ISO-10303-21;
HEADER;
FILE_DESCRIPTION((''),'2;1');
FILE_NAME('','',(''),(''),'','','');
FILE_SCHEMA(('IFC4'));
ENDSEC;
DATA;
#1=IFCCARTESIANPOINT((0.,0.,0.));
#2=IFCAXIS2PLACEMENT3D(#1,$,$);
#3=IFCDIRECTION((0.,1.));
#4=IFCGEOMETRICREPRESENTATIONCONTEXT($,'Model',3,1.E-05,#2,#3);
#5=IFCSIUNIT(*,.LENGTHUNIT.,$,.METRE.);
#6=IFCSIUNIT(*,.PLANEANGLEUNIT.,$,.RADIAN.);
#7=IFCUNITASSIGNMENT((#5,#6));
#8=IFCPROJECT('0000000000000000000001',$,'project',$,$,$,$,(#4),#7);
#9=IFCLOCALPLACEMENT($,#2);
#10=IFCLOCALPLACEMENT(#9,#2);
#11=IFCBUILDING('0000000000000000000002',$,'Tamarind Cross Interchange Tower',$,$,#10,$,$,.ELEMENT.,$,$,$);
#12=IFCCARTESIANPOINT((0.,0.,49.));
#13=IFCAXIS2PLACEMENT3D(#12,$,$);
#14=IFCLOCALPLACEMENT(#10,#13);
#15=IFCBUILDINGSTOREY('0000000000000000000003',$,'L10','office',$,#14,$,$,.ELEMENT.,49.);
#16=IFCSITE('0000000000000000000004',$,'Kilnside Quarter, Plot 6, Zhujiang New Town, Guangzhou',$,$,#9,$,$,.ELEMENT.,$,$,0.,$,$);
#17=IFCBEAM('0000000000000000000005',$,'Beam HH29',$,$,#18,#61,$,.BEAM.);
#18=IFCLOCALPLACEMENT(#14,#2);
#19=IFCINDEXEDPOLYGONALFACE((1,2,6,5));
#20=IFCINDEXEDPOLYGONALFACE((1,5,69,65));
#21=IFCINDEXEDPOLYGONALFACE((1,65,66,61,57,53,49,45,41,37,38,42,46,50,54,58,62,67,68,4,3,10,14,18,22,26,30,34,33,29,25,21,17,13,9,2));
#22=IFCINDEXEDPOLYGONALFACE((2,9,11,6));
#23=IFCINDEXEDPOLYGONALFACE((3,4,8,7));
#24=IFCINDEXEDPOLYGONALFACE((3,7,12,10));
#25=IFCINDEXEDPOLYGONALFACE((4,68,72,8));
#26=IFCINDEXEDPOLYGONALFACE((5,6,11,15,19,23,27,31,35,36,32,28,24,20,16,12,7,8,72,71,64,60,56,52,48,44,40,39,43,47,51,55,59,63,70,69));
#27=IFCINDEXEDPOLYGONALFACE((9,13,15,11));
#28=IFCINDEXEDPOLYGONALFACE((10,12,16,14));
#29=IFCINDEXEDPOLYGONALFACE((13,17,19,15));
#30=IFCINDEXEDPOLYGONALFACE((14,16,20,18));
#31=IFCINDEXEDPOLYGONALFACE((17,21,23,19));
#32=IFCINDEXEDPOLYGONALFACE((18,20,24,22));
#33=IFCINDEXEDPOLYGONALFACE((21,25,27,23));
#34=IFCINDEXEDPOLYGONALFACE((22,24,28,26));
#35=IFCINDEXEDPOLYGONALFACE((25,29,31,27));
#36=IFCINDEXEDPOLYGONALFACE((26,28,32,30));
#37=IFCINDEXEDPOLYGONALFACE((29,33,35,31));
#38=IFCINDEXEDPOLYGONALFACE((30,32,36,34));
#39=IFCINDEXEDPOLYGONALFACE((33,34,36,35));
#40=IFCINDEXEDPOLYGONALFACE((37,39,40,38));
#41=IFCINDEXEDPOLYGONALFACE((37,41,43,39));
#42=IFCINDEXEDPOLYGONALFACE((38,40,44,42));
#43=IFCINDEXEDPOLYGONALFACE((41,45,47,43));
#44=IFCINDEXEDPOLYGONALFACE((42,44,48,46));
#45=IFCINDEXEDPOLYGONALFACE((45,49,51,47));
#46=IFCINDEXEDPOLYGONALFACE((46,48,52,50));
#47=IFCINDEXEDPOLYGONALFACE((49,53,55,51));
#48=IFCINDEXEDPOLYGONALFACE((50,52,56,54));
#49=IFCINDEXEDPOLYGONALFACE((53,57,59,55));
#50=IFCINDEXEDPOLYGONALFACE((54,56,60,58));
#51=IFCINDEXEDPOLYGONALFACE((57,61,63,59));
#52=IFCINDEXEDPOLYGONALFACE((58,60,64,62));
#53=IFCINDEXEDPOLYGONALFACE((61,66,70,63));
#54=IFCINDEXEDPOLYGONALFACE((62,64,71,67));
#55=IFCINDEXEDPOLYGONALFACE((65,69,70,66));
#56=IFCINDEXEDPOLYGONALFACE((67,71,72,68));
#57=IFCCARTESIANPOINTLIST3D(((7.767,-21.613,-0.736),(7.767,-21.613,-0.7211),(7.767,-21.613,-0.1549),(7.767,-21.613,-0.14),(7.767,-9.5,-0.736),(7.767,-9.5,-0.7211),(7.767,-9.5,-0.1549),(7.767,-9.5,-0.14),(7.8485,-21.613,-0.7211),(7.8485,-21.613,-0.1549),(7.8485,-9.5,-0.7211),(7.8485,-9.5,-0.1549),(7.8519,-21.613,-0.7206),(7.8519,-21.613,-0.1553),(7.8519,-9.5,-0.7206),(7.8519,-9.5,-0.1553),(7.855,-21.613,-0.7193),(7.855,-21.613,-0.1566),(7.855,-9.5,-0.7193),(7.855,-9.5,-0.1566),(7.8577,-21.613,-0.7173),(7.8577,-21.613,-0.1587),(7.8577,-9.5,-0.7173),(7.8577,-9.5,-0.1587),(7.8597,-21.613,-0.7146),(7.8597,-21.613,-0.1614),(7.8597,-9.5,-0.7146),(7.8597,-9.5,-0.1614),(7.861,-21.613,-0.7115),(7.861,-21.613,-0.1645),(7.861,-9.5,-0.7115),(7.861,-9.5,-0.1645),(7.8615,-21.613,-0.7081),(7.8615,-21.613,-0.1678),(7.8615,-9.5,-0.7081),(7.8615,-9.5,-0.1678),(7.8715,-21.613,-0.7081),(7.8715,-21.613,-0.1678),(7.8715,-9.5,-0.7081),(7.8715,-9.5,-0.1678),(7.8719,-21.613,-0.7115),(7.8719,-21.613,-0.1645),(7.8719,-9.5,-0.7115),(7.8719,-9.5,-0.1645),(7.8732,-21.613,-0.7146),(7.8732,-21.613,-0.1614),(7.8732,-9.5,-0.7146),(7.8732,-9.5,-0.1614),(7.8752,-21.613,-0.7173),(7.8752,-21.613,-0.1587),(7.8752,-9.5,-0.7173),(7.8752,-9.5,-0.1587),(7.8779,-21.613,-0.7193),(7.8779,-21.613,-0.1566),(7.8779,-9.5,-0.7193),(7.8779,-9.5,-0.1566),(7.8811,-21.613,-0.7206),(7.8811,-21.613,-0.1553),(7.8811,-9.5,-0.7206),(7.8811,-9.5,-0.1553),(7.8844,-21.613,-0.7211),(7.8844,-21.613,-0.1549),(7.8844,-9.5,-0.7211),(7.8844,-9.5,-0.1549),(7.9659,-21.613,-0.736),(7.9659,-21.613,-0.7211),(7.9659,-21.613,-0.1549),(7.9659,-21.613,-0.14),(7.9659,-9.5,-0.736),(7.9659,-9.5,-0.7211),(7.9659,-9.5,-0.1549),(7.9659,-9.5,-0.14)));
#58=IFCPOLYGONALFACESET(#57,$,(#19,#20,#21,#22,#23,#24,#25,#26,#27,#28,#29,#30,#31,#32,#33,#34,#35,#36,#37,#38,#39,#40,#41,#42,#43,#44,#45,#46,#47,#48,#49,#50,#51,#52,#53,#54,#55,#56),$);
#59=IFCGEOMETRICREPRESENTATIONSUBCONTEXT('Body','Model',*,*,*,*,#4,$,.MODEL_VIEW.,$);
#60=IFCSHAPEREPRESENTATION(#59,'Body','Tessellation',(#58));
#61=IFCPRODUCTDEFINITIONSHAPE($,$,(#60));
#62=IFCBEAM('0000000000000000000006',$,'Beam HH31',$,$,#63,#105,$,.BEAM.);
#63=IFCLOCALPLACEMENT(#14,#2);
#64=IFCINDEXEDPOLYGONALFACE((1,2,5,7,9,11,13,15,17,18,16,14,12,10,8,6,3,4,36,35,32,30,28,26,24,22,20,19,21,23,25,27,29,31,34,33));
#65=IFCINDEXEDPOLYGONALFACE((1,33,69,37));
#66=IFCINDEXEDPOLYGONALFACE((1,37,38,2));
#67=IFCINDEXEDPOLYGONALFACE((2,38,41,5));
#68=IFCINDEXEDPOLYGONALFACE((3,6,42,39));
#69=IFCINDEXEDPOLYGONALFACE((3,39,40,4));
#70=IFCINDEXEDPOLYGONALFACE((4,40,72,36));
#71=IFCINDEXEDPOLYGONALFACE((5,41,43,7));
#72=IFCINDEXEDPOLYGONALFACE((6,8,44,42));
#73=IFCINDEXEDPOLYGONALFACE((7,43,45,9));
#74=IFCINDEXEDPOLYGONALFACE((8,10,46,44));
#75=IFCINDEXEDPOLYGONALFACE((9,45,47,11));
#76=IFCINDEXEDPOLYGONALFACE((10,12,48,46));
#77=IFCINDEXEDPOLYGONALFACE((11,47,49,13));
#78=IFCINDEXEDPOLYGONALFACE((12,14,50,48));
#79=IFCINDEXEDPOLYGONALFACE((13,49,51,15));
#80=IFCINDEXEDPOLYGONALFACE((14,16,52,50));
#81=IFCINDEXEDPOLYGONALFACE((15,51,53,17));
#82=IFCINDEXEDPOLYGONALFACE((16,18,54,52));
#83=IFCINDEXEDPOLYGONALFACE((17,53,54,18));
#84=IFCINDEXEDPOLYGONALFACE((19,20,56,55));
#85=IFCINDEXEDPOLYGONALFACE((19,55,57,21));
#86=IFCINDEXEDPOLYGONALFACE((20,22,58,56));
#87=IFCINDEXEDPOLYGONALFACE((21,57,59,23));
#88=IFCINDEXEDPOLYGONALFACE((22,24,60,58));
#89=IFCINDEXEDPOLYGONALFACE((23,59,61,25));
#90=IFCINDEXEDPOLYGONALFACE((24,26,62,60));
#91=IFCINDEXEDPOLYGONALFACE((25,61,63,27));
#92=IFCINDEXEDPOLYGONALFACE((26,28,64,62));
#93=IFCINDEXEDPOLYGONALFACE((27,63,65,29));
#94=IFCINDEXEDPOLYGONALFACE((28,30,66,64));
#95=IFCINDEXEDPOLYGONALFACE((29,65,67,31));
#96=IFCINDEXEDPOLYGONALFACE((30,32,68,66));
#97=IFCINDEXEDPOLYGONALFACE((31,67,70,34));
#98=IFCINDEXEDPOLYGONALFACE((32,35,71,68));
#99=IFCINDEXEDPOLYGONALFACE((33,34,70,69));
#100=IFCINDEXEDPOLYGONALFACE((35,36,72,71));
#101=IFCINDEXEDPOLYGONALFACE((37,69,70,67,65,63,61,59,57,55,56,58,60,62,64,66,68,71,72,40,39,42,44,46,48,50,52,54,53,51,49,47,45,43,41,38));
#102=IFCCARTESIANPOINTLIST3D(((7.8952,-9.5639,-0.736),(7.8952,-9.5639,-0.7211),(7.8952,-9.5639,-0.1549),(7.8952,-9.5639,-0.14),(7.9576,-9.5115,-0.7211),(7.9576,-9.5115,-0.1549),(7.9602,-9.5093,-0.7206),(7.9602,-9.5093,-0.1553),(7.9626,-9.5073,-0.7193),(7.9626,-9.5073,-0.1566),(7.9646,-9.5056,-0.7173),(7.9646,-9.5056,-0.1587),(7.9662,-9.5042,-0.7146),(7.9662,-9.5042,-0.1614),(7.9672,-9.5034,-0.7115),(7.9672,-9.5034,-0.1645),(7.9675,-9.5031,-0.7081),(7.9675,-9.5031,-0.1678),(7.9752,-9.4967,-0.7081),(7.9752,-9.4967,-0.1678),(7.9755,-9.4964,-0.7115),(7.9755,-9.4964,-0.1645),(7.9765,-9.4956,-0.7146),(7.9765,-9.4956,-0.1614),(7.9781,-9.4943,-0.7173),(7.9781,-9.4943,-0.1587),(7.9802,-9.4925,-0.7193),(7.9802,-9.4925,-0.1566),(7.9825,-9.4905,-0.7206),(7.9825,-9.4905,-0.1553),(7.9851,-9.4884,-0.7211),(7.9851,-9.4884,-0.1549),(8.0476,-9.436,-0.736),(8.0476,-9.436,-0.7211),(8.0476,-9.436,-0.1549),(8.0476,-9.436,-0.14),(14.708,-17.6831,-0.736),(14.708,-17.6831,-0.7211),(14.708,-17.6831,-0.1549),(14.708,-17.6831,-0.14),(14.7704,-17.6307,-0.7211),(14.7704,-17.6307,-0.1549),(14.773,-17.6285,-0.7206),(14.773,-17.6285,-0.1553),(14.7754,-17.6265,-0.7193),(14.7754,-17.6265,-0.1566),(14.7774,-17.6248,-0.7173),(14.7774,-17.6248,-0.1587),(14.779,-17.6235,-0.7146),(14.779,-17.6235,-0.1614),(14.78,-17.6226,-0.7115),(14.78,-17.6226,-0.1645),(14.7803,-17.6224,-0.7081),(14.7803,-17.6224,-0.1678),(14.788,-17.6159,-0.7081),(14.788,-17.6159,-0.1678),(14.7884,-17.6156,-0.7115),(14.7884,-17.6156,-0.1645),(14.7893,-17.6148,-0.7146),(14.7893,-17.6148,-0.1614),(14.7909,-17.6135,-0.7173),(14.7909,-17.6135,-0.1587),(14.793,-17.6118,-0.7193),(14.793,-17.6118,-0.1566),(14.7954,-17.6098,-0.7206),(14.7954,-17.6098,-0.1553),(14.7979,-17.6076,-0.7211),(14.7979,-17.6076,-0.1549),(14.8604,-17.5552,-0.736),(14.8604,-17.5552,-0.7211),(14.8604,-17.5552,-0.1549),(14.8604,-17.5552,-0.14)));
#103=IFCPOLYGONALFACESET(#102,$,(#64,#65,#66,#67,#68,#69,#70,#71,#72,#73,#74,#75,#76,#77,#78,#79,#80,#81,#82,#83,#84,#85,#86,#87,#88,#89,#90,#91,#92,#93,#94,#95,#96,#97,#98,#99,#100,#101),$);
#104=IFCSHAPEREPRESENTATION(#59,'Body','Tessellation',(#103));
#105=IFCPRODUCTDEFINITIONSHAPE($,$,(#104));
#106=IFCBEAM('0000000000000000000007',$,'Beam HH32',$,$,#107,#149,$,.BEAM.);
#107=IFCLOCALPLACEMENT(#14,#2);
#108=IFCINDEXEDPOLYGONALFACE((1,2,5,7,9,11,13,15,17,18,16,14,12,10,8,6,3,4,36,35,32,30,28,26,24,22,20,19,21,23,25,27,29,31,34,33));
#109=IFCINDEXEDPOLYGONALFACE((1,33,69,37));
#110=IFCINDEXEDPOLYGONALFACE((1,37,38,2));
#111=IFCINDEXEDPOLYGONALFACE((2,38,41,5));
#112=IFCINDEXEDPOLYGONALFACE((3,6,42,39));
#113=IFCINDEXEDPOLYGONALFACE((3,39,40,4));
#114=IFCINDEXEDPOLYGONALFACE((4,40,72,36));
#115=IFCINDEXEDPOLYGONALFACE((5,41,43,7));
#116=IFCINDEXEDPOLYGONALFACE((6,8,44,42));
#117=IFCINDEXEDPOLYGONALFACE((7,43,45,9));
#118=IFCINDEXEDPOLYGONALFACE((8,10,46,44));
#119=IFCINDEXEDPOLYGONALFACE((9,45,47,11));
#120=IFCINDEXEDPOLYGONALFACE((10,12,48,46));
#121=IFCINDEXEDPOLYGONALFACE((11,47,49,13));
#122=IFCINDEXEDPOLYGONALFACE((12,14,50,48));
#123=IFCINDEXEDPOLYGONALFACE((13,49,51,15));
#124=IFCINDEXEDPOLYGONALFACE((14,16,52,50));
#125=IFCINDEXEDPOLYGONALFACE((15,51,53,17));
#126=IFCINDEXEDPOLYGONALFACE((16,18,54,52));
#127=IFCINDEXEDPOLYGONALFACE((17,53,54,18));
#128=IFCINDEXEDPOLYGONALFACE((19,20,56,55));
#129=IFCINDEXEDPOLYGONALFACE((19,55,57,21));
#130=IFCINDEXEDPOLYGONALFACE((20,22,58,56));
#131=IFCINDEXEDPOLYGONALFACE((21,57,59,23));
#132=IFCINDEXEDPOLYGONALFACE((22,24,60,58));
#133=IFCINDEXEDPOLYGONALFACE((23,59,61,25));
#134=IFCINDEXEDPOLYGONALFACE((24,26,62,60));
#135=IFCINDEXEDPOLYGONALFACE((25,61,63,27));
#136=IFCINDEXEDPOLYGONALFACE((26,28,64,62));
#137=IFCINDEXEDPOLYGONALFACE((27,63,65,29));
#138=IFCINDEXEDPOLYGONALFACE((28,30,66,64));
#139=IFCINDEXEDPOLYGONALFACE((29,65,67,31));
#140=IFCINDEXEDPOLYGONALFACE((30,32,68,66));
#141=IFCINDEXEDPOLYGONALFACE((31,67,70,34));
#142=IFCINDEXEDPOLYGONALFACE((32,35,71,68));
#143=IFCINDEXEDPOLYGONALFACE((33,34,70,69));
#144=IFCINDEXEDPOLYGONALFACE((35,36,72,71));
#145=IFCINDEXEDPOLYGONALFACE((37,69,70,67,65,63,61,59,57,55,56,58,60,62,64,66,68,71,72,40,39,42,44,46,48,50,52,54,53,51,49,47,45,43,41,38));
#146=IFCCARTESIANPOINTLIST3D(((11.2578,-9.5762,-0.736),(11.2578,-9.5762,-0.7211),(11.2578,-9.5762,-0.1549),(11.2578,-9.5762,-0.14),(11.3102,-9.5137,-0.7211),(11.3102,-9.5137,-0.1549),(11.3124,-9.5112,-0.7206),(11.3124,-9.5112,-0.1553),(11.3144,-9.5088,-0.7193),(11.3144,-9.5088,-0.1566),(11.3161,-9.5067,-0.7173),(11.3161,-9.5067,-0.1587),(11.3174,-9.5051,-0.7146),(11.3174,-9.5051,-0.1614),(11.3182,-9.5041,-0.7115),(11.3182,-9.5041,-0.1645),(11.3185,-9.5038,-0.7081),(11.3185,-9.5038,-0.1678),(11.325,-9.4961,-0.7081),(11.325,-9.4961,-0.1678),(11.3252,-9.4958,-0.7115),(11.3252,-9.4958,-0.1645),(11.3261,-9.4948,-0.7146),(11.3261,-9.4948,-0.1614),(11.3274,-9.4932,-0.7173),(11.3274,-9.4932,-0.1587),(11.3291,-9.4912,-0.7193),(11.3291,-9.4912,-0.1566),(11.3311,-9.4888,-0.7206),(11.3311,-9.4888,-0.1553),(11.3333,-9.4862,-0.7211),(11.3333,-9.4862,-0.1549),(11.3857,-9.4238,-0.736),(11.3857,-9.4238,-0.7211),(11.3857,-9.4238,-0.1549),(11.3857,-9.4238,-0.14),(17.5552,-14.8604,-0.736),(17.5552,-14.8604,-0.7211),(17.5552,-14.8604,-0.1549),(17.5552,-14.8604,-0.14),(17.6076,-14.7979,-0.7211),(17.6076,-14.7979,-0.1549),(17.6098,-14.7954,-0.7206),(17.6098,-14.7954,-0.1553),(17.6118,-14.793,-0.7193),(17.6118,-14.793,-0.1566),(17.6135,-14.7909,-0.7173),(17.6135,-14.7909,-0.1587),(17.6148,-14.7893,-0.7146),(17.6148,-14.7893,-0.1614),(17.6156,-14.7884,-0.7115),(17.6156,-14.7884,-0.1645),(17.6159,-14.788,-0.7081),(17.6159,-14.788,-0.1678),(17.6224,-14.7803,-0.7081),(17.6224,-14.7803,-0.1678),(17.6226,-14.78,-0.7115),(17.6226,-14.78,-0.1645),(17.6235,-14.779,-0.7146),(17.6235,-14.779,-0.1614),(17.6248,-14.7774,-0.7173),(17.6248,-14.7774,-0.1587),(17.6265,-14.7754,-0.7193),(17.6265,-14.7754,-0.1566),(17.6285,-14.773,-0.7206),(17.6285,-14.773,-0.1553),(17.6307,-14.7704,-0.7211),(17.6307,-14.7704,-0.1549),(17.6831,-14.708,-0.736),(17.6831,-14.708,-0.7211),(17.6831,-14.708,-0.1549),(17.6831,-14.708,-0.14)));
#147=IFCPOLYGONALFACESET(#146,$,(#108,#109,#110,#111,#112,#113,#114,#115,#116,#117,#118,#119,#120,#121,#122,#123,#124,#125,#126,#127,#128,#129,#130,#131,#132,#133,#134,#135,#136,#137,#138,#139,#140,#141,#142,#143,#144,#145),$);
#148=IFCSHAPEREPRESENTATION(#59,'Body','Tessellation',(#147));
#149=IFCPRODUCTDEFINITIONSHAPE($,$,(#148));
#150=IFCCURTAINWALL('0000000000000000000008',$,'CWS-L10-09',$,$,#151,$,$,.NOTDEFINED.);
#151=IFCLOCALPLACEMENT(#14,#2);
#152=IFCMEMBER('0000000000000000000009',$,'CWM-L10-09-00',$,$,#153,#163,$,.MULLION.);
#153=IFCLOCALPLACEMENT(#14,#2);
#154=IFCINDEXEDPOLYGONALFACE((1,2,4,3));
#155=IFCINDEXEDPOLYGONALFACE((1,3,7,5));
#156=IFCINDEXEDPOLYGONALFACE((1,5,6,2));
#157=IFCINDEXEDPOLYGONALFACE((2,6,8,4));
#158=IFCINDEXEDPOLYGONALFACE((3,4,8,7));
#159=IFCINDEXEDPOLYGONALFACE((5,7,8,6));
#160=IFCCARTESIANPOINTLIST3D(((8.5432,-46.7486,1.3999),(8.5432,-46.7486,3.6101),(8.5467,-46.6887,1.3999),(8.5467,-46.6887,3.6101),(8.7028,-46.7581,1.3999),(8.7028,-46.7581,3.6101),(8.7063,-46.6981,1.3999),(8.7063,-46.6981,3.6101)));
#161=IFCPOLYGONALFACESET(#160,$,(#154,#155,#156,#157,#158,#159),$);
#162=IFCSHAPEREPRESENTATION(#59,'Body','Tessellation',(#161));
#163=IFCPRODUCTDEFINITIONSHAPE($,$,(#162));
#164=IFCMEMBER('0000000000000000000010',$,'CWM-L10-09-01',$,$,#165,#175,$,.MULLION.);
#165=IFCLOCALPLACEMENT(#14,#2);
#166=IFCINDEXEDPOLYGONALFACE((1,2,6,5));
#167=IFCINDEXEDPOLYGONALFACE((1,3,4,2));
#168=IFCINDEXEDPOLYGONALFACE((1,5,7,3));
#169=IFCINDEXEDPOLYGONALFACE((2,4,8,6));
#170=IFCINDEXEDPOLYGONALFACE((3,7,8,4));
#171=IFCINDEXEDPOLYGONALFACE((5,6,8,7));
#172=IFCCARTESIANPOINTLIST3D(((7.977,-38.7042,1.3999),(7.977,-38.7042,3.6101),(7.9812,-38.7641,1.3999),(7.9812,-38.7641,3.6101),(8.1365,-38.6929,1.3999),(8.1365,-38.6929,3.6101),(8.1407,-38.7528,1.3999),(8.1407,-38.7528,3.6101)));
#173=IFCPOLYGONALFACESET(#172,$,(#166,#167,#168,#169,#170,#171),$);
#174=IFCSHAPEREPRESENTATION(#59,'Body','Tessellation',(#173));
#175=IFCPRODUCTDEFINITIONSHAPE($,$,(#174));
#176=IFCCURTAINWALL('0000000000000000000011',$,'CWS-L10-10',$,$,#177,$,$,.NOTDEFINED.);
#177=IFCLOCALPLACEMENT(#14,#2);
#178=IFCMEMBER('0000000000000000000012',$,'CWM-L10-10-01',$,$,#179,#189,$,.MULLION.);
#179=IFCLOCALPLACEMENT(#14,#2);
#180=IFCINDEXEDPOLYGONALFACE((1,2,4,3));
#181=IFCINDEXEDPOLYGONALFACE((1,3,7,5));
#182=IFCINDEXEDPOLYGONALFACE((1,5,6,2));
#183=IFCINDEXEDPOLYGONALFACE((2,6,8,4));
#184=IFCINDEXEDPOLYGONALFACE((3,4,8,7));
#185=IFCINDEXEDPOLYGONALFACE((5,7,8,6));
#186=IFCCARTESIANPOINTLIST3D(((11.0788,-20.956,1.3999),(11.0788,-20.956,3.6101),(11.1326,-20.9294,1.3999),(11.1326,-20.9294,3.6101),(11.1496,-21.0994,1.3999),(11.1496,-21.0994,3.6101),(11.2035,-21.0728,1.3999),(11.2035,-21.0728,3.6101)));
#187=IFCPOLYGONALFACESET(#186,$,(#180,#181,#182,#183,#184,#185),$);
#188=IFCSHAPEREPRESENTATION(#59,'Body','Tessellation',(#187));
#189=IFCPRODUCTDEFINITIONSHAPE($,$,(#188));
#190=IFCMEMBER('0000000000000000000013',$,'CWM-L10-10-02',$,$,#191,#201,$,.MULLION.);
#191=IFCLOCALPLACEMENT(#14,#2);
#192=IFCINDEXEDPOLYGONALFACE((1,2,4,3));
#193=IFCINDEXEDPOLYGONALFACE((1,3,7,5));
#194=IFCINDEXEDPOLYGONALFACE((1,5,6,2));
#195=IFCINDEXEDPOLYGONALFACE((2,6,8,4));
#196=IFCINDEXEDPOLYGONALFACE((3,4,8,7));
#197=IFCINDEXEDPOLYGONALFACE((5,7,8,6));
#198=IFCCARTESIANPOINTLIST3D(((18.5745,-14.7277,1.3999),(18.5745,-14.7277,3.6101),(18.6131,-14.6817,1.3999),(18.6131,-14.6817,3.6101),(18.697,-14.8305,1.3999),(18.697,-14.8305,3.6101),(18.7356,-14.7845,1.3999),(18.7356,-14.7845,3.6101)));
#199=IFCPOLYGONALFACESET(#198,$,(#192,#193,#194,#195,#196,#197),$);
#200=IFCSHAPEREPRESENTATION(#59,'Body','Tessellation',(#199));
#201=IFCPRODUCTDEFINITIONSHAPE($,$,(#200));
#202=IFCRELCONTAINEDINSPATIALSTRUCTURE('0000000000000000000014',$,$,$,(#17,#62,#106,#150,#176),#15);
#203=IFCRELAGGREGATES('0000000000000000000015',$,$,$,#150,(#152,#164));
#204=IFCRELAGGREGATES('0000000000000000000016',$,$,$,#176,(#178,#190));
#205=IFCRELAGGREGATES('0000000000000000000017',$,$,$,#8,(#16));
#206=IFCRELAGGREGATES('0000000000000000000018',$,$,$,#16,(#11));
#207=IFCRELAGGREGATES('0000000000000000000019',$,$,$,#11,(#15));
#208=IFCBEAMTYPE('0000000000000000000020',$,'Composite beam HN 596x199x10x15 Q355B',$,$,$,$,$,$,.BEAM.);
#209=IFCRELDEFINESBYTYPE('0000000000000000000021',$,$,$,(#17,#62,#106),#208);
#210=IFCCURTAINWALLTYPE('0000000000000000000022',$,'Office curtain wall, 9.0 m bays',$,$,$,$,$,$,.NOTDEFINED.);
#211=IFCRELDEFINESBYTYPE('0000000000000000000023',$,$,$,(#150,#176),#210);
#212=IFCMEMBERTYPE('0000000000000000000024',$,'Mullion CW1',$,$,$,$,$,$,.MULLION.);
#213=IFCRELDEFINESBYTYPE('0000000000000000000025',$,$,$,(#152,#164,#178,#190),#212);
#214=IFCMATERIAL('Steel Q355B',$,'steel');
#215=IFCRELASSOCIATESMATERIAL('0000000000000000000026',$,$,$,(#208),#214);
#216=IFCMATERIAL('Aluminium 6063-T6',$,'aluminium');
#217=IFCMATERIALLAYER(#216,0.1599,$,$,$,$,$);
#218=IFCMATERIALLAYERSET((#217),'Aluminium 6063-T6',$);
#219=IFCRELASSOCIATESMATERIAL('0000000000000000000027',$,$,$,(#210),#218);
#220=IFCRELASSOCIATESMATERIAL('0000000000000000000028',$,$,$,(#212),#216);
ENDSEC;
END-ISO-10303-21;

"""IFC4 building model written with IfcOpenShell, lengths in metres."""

from ifc_helpers import new_model, si_unit, direction, frame, origin, origin_2d, place, context, subcontext, project, spatial, rectangle, i_section, extrude, material, layer, layer_set, material_profile, profile_set, type_object, element, aggregate, save


model = new_model("IFC4")

# Units and contexts
model_context = context("Model", 3, precision=1e-05, world=origin(), true_north=direction((0.0, 1.0)))
body_context = subcontext(model_context, "Body", "Model", "MODEL_VIEW")
ifc_project = project(units=[si_unit("LENGTHUNIT", "METRE"), si_unit("PLANEANGLEUNIT", "RADIAN")], contexts=[model_context])

# Site, building, storey
site_placement = place(None, origin())
site = spatial("IfcSite", under=ifc_project, at=site_placement, Name="Kilnside Quarter, Plot 6, Zhujiang New Town, Guangzhou", CompositionType="ELEMENT", RefElevation=0.0)
building_placement = place(site_placement, origin())
building = spatial("IfcBuilding", under=site, at=building_placement, Name="Tamarind Cross Interchange Tower", CompositionType="ELEMENT")
storey_placement = place(building_placement, frame((0.0, 0.0, 49.0)))
storey = spatial("IfcBuildingStorey", under=building, at=storey_placement, Name="L10", Description="office", CompositionType="ELEMENT", Elevation=49.0)

# Beams
ifc_material_1 = material(Name="Steel Q355B", Category="steel")
ifc_material_profile_1 = material_profile(ifc_material_1, i_section(OverallWidth=0.199, OverallDepth=0.5959, WebThickness=0.01, FlangeThickness=0.0149, FilletRadius=0.0129, at=origin_2d()), Name="HN 596x199x10x15")
ifc_profile_set_1 = profile_set([ifc_material_profile_1], Name="Steel Q355B")
beam_type = type_object("IfcBeamType", Name="Composite beam HN 596x199x10x15 Q355B", PredefinedType="BEAM", material=ifc_profile_set_1)
beam_1_placement = place(storey_placement, frame((7.8665, -21.613, -0.438), z_axis=(0.0, 1.0, 0.0), x_axis=(-1.0, 0.0, 0.0)))
element("IfcBeam", 1, at=beam_1_placement, inside=storey, type_object=beam_type, Name="Beam HH29", PredefinedType="BEAM", context=body_context, shape_type="SweptSolid", body=[
    extrude(i_section(OverallWidth=0.199, OverallDepth=0.5959, WebThickness=0.01, FlangeThickness=0.0149, FilletRadius=0.0129, at=origin_2d()), origin(), (0.0, 0.0, 1.0), 12.113),
])
beam_2_placement = place(storey_placement, frame((14.7842, -17.6191, -0.438), z_axis=(-0.642786, 0.766046, 0.0), x_axis=(-0.766046, -0.642786, 0.0)))
element("IfcBeam", 2, at=beam_2_placement, inside=storey, type_object=beam_type, Name="Beam HH31", PredefinedType="BEAM", context=body_context, shape_type="SweptSolid", body=[
    extrude(i_section(OverallWidth=0.199, OverallDepth=0.5959, WebThickness=0.01, FlangeThickness=0.0149, FilletRadius=0.0129, at=origin_2d()), origin(), (0.0, 0.0, 1.0), 10.5989),
])
beam_3_placement = place(storey_placement, frame((17.6191, -14.7842, -0.438), z_axis=(-0.766041, 0.642792, 0.0), x_axis=(-0.642792, -0.766041, 0.0)))
element("IfcBeam", 3, at=beam_3_placement, inside=storey, type_object=beam_type, Name="Beam HH32", PredefinedType="BEAM", context=body_context, shape_type="SweptSolid", body=[
    extrude(i_section(OverallWidth=0.199, OverallDepth=0.5959, WebThickness=0.01, FlangeThickness=0.0149, FilletRadius=0.0129, at=origin_2d()), origin(), (0.0, 0.0, 1.0), 8.2207),
])

# Curtain walls, members
ifc_material_2 = material(Name="Aluminium 6063-T6", Category="aluminium")
ifc_layer_1 = layer(ifc_material_2, 0.1599)
ifc_layer_set_1 = layer_set([ifc_layer_1], Name="Aluminium 6063-T6")
curtain_wall_type = type_object("IfcCurtainWallType", Name="Office curtain wall, 9.0 m bays", PredefinedType="NOTDEFINED", material=ifc_layer_set_1)
curtain_wall_1_placement = place(storey_placement, origin())
curtain_wall_1 = element("IfcCurtainWall", 4, at=curtain_wall_1_placement, inside=storey, type_object=curtain_wall_type, Name="CWS-L10-09", PredefinedType="NOTDEFINED")
ifc_material_profile_2 = material_profile(ifc_material_2, rectangle(XDim=0.0601, YDim=0.1599, at=origin_2d()), Name="Mullion CW1")
ifc_profile_set_2 = profile_set([ifc_material_profile_2], Name="Aluminium 6063-T6")
member_type = type_object("IfcMemberType", Name="Mullion CW1", PredefinedType="MULLION", material=ifc_profile_set_2)
member_1_placement = place(storey_placement, frame((8.6248, -46.7234, 1.3999), z_axis=(0.0, 0.0, 1.0), x_axis=(0.059069, 0.998254, 0.0)))
member_1 = element("IfcMember", 5, at=member_1_placement, type_object=member_type, Name="CWM-L10-09-00", PredefinedType="MULLION", context=body_context, shape_type="SweptSolid", body=[
    extrude(rectangle(XDim=0.0601, YDim=0.1599, at=origin_2d()), origin(), (0.0, 0.0, 1.0), 2.2102),
])
member_2_placement = place(storey_placement, frame((8.0588, -38.7285, 1.3999), z_axis=(0.0, 0.0, 1.0), x_axis=(-0.070594, 0.997505, 0.0)))
member_2 = element("IfcMember", 6, at=member_2_placement, type_object=member_type, Name="CWM-L10-09-01", PredefinedType="MULLION", context=body_context, shape_type="SweptSolid", body=[
    extrude(rectangle(XDim=0.0601, YDim=0.1599, at=origin_2d()), origin(), (0.0, 0.0, 1.0), 2.2102),
])
aggregate(curtain_wall_1, [member_1, member_2])
curtain_wall_2_placement = place(storey_placement, origin())
curtain_wall_2 = element("IfcCurtainWall", 7, at=curtain_wall_2_placement, inside=storey, type_object=curtain_wall_type, Name="CWS-L10-10", PredefinedType="NOTDEFINED")
member_3_placement = place(storey_placement, frame((11.1411, -21.0144, 1.3999), z_axis=(0.0, 0.0, 1.0), x_axis=(0.896493, 0.443059, 0.0)))
member_3 = element("IfcMember", 8, at=member_3_placement, type_object=member_type, Name="CWM-L10-10-01", PredefinedType="MULLION", context=body_context, shape_type="SweptSolid", body=[
    extrude(rectangle(XDim=0.0601, YDim=0.1599, at=origin_2d()), origin(), (0.0, 0.0, 1.0), 2.2102),
])
member_4_placement = place(storey_placement, frame((18.655, -14.7561, 1.3999), z_axis=(0.0, 0.0, 1.0), x_axis=(0.643009, 0.765858, 0.0)))
member_4 = element("IfcMember", 9, at=member_4_placement, type_object=member_type, Name="CWM-L10-10-02", PredefinedType="MULLION", context=body_context, shape_type="SweptSolid", body=[
    extrude(rectangle(XDim=0.0601, YDim=0.1599, at=origin_2d()), origin(), (0.0, 0.0, 1.0), 2.2102),
])
aggregate(curtain_wall_2, [member_3, member_4])

save(model, "model.ifc")
